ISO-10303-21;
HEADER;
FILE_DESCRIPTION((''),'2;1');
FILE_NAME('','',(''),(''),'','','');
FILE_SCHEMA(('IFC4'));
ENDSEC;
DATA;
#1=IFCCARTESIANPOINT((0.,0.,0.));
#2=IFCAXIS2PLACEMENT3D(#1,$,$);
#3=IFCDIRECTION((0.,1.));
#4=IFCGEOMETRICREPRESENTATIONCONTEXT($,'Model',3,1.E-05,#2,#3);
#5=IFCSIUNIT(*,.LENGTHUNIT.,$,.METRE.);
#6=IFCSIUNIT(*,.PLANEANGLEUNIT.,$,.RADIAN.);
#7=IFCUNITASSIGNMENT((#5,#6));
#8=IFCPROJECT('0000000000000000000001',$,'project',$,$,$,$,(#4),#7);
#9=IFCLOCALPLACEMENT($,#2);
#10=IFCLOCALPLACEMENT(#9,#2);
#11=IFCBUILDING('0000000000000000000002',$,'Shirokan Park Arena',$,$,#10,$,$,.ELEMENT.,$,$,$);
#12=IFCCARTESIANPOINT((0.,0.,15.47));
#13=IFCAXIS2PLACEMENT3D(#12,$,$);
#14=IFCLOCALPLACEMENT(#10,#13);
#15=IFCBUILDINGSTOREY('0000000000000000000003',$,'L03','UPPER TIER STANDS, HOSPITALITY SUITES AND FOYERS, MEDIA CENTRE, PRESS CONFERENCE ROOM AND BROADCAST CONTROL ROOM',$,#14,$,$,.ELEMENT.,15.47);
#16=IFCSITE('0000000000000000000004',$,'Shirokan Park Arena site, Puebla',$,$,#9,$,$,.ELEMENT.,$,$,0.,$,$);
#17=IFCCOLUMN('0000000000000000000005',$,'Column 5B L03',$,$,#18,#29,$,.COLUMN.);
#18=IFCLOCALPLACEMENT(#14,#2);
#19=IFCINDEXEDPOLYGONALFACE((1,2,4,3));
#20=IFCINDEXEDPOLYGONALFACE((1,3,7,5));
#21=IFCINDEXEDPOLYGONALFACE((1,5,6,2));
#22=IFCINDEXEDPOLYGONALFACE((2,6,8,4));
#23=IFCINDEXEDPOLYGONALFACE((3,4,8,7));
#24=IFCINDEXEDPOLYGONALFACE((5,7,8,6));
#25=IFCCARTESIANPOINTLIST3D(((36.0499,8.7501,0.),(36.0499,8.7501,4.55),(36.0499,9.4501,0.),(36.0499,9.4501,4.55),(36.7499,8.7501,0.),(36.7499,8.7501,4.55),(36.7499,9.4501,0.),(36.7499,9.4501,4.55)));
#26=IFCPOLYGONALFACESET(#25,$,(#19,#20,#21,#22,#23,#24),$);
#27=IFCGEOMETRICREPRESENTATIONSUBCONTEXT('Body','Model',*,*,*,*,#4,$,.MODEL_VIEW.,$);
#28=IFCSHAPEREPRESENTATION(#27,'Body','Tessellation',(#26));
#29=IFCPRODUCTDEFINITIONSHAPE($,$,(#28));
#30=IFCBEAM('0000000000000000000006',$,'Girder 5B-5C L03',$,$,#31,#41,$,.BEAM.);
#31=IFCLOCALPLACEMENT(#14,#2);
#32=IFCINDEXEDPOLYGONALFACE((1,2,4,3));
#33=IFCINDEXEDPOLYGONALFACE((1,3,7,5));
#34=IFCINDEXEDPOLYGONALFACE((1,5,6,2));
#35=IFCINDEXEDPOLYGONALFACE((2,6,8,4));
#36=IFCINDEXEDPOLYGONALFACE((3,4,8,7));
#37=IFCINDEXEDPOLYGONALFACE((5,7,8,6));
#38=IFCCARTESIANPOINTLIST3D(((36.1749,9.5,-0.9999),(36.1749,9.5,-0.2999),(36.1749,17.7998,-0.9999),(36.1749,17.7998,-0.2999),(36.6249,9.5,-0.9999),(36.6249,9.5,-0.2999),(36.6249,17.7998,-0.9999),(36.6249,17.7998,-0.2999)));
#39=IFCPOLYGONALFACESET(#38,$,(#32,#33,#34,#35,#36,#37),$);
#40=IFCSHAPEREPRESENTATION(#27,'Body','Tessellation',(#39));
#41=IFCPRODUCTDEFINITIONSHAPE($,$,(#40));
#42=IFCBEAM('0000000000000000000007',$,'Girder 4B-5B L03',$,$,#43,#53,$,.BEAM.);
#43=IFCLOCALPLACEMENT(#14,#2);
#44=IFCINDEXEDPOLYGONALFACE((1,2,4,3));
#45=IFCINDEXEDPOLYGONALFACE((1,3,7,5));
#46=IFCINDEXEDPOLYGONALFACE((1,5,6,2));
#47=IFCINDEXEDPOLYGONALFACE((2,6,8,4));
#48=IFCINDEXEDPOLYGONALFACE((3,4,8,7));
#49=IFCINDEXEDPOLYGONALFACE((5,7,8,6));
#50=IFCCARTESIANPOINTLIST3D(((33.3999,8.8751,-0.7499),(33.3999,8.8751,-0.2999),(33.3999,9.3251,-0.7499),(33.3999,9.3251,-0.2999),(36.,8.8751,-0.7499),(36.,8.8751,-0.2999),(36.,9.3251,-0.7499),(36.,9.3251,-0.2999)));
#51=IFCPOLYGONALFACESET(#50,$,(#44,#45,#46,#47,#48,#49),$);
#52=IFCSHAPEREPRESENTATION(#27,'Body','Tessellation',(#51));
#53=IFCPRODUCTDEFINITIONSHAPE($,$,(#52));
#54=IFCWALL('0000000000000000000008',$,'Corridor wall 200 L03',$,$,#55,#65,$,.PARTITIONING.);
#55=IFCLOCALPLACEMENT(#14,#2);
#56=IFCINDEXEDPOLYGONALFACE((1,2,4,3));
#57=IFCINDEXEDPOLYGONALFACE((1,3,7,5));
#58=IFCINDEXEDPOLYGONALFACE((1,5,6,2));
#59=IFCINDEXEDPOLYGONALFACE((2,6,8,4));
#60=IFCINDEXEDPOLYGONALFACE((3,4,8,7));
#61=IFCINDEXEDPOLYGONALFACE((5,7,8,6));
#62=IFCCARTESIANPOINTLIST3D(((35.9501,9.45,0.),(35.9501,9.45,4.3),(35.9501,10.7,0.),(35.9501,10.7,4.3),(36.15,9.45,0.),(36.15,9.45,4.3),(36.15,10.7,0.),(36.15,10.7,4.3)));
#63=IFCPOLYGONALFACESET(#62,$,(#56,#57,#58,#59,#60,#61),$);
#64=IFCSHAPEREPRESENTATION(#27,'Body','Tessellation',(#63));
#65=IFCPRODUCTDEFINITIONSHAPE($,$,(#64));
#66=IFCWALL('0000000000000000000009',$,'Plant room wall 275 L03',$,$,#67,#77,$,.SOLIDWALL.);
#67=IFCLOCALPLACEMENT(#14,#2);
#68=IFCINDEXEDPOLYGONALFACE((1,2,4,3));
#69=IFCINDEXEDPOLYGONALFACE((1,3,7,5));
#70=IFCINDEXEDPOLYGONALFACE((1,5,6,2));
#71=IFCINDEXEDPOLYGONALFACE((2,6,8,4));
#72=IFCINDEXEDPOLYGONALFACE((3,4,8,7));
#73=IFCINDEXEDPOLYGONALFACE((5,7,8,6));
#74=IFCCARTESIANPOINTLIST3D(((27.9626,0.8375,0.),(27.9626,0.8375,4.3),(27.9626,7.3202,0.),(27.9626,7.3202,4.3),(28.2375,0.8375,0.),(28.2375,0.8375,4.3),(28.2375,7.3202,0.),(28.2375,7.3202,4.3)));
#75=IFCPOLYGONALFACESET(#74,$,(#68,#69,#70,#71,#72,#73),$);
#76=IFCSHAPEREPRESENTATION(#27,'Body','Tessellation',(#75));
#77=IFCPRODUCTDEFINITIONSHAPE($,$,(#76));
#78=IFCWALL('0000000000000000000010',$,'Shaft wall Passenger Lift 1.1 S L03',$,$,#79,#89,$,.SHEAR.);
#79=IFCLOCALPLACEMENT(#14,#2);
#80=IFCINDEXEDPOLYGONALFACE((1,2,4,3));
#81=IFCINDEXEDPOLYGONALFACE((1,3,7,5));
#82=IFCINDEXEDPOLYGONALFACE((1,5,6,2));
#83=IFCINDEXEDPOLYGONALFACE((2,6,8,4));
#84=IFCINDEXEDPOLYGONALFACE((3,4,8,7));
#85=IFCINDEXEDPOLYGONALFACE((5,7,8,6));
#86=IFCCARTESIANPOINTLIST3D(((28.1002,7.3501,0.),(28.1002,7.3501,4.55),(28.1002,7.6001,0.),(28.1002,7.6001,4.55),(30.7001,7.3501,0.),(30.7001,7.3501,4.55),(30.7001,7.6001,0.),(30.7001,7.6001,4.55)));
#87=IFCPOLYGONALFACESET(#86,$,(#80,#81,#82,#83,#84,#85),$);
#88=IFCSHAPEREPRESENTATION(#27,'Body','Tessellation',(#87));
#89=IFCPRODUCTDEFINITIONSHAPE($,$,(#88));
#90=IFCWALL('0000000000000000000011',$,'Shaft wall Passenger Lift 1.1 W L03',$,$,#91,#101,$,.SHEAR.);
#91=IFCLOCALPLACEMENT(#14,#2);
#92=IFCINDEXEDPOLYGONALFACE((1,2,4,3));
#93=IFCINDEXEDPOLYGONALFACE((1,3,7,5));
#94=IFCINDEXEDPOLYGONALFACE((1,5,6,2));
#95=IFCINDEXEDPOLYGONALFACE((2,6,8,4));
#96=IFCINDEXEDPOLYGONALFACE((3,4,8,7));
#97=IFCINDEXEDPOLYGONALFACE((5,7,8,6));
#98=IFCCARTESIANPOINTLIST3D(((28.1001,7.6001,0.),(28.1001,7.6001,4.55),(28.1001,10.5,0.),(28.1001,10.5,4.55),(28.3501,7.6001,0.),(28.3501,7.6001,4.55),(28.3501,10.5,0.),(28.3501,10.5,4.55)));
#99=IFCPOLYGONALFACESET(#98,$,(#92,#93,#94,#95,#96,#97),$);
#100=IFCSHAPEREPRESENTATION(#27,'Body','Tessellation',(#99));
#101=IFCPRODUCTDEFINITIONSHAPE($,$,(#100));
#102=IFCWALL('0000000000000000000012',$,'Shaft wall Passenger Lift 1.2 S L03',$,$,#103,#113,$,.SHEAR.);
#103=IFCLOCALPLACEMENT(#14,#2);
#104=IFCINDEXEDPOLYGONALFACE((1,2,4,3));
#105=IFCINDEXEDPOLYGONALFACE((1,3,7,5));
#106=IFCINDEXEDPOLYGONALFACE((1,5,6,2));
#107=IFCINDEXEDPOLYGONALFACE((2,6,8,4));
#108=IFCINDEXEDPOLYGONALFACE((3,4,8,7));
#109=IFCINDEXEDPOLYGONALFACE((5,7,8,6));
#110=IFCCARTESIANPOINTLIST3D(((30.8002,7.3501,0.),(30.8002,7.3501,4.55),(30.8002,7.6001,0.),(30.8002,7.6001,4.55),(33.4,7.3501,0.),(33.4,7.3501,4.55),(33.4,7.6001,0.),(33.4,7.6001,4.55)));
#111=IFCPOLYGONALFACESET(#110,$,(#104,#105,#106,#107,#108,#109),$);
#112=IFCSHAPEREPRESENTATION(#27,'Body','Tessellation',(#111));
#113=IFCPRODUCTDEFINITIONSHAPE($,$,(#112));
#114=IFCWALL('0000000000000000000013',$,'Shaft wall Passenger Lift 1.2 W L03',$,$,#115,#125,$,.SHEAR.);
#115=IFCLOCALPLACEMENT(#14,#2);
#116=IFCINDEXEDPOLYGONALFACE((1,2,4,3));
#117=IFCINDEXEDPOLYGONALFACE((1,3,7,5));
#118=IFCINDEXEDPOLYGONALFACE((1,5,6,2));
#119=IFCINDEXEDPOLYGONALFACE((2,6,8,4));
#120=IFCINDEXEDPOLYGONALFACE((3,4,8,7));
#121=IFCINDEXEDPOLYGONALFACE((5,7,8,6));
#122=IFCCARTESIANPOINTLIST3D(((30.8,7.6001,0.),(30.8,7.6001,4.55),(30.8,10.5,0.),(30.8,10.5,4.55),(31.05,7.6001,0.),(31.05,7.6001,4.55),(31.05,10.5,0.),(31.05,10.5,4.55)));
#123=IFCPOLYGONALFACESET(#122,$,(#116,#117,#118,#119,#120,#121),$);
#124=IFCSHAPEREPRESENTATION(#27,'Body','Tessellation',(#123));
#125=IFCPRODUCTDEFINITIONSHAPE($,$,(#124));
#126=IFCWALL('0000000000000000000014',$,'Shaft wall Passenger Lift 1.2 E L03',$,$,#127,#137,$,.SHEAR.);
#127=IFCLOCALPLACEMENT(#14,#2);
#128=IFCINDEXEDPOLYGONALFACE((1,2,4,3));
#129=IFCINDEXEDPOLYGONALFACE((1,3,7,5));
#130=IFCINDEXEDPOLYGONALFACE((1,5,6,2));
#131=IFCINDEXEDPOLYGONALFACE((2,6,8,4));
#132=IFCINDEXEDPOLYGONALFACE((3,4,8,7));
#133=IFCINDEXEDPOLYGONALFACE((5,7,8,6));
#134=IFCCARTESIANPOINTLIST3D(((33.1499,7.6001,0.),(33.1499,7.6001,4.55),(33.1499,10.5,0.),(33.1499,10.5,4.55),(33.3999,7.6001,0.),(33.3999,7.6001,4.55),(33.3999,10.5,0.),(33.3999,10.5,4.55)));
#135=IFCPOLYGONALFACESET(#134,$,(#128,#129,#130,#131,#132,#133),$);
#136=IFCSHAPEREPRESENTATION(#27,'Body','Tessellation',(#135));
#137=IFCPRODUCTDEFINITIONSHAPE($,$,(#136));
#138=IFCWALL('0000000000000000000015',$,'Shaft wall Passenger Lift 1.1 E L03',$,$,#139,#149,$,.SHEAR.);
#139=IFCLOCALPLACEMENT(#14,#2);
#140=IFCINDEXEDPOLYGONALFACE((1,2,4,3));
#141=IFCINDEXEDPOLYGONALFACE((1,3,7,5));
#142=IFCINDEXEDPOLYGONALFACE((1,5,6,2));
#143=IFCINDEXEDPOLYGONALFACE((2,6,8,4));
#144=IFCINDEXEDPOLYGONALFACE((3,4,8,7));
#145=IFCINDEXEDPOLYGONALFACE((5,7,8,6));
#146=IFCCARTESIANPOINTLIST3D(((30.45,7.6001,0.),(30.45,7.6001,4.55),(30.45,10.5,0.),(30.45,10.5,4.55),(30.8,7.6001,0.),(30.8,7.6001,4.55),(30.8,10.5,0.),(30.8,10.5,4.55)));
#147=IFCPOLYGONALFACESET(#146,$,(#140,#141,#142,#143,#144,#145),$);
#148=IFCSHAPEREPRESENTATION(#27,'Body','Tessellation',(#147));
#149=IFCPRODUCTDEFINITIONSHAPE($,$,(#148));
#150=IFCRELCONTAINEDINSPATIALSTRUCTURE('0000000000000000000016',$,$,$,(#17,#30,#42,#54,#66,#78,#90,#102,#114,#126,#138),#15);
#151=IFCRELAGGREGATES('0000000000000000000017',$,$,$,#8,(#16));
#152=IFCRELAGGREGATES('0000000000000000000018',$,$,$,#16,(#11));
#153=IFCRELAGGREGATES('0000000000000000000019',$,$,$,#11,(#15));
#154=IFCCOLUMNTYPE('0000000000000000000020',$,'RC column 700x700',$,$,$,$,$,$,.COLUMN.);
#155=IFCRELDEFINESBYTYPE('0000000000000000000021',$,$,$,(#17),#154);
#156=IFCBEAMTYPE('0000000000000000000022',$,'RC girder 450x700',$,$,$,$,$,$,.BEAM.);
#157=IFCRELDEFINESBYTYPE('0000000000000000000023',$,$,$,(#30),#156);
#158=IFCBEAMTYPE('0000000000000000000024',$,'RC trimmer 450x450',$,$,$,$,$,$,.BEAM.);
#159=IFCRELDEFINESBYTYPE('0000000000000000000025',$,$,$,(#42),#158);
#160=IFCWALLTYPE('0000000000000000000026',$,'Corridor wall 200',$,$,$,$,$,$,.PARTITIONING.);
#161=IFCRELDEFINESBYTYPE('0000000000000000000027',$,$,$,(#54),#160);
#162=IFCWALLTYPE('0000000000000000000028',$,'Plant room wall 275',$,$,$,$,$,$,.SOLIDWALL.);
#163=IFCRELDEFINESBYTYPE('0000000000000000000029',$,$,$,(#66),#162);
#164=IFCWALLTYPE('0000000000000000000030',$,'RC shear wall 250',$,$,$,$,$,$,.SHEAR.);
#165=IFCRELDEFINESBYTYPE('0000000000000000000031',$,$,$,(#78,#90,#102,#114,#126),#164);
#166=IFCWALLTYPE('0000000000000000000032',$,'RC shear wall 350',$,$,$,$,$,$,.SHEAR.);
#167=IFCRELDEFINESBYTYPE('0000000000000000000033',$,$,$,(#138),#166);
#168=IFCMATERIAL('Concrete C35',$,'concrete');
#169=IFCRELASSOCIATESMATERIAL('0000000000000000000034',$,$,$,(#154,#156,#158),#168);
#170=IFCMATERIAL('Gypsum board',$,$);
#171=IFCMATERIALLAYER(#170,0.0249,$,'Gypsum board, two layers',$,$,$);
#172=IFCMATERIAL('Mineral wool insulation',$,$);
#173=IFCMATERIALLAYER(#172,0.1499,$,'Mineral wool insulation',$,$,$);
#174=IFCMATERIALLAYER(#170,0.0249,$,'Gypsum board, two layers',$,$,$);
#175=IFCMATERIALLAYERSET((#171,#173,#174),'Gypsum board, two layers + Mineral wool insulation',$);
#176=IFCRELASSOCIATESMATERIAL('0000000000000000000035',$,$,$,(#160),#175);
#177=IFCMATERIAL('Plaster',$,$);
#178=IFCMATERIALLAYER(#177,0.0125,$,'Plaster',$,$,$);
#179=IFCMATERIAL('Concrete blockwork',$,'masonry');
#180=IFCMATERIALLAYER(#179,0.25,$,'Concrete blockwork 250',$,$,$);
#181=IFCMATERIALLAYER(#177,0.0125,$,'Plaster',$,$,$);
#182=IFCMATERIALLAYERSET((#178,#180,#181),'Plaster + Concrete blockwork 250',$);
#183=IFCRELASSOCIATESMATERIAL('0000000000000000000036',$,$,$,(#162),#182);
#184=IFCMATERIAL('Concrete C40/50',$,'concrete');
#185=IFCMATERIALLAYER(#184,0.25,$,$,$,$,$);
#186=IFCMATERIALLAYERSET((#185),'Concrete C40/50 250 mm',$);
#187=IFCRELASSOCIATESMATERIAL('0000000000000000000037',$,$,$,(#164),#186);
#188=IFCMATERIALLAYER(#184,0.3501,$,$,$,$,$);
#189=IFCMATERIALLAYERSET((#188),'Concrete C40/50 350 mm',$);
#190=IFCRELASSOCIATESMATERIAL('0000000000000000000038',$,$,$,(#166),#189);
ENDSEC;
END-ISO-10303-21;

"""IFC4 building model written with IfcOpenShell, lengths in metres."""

from ifc_helpers import new_model, si_unit, direction, frame, frame_2d, origin, origin_2d, place, context, subcontext, project, spatial, rectangle, extrude, material, layer, layer_set, material_profile, profile_set, type_object, element, save


model = new_model("IFC4")

# Units and contexts
model_context = context("Model", 3, precision=1e-05, world=origin(), true_north=direction((0.0, 1.0)))
body_context = subcontext(model_context, "Body", "Model", "MODEL_VIEW")
ifc_project = project(units=[si_unit("LENGTHUNIT", "METRE"), si_unit("PLANEANGLEUNIT", "RADIAN")], contexts=[model_context])

# Site, building, storey
site_placement = place(None, origin())
site = spatial("IfcSite", under=ifc_project, at=site_placement, Name="Shirokan Park Arena site, Puebla", CompositionType="ELEMENT", RefElevation=0.0)
building_placement = place(site_placement, origin())
building = spatial("IfcBuilding", under=site, at=building_placement, Name="Shirokan Park Arena", CompositionType="ELEMENT")
storey_placement = place(building_placement, frame((0.0, 0.0, 15.47)))
storey = spatial("IfcBuildingStorey", under=building, at=storey_placement, Name="L03", Description="UPPER TIER STANDS, HOSPITALITY SUITES AND FOYERS, MEDIA CENTRE, PRESS CONFERENCE ROOM AND BROADCAST CONTROL ROOM", CompositionType="ELEMENT", Elevation=15.47)

# Column
ifc_material_1 = material(Name="Concrete C35", Category="concrete")
ifc_material_profile_1 = material_profile(ifc_material_1, rectangle(XDim=0.7, YDim=0.7, at=origin_2d()), Name="700x700")
ifc_profile_set_1 = profile_set([ifc_material_profile_1], Name="Concrete C35")
column_type = type_object("IfcColumnType", Name="RC column 700x700", PredefinedType="COLUMN", material=ifc_profile_set_1)
column_placement = place(storey_placement, frame((36.3999, 9.1001, 0.0), z_axis=(0.0, 0.0, 1.0), x_axis=(1.0, 0.0, 0.0)))
element("IfcColumn", 1, at=column_placement, inside=storey, type_object=column_type, Name="Column 5B L03", PredefinedType="COLUMN", context=body_context, shape_type="SweptSolid", body=[
    extrude(rectangle(XDim=0.7, YDim=0.7, at=origin_2d()), origin(), (0.0, 0.0, 1.0), 4.55),
])

# Beams
ifc_material_profile_2 = material_profile(ifc_material_1, rectangle(XDim=0.45, YDim=0.7, at=origin_2d()), Name="450x700")
ifc_profile_set_2 = profile_set([ifc_material_profile_2], Name="Concrete C35")
beam_type_1 = type_object("IfcBeamType", Name="RC girder 450x700", PredefinedType="BEAM", material=ifc_profile_set_2)
beam_1_placement = place(storey_placement, frame((36.3999, 9.5, -0.6499), z_axis=(0.0, 1.0, 0.0), x_axis=(-1.0, 0.0, 0.0)))
element("IfcBeam", 2, at=beam_1_placement, inside=storey, type_object=beam_type_1, Name="Girder 5B-5C L03", PredefinedType="BEAM", context=body_context, shape_type="SweptSolid", body=[
    extrude(rectangle(XDim=0.45, YDim=0.7, at=origin_2d()), origin(), (0.0, 0.0, 1.0), 8.2998),
])
ifc_material_profile_3 = material_profile(ifc_material_1, rectangle(XDim=0.45, YDim=0.45, at=origin_2d()), Name="450x450")
ifc_profile_set_3 = profile_set([ifc_material_profile_3], Name="Concrete C35")
beam_type_2 = type_object("IfcBeamType", Name="RC trimmer 450x450", PredefinedType="BEAM", material=ifc_profile_set_3)
beam_2_placement = place(storey_placement, frame((33.3999, 9.1001, -0.5249), z_axis=(1.0, 0.0, 0.0), x_axis=(0.0, 1.0, 0.0)))
element("IfcBeam", 3, at=beam_2_placement, inside=storey, type_object=beam_type_2, Name="Girder 4B-5B L03", PredefinedType="BEAM", context=body_context, shape_type="SweptSolid", body=[
    extrude(rectangle(XDim=0.45, YDim=0.45, at=origin_2d()), origin(), (0.0, 0.0, 1.0), 2.6001),
])

# Walls
ifc_material_2 = material(Name="Gypsum board")
ifc_layer_1 = layer(ifc_material_2, 0.0249, Name="Gypsum board, two layers")
ifc_material_3 = material(Name="Mineral wool insulation")
ifc_layer_2 = layer(ifc_material_3, 0.1499, Name="Mineral wool insulation")
ifc_layer_3 = layer(ifc_material_2, 0.0249, Name="Gypsum board, two layers")
ifc_layer_set_1 = layer_set([ifc_layer_1, ifc_layer_2, ifc_layer_3], Name="Gypsum board, two layers + Mineral wool insulation")
wall_type_1 = type_object("IfcWallType", Name="Corridor wall 200", PredefinedType="PARTITIONING", material=ifc_layer_set_1)
wall_1_placement = place(storey_placement, frame((36.05, 9.45, 0.0), z_axis=(0.0, 0.0, 1.0), x_axis=(0.0, 1.0, 0.0)))
element("IfcWall", 4, at=wall_1_placement, inside=storey, type_object=wall_type_1, Name="Corridor wall 200 L03", PredefinedType="PARTITIONING", context=body_context, shape_type="SweptSolid", body=[
    extrude(rectangle(XDim=1.25, YDim=0.2, at=frame_2d((0.625, 0.0))), origin(), (0.0, 0.0, 1.0), 4.3),
])
ifc_material_4 = material(Name="Plaster")
ifc_layer_4 = layer(ifc_material_4, 0.0125, Name="Plaster")
ifc_material_5 = material(Name="Concrete blockwork", Category="masonry")
ifc_layer_5 = layer(ifc_material_5, 0.25, Name="Concrete blockwork 250")
ifc_layer_6 = layer(ifc_material_4, 0.0125, Name="Plaster")
ifc_layer_set_2 = layer_set([ifc_layer_4, ifc_layer_5, ifc_layer_6], Name="Plaster + Concrete blockwork 250")
wall_type_2 = type_object("IfcWallType", Name="Plant room wall 275", PredefinedType="SOLIDWALL", material=ifc_layer_set_2)
wall_2_placement = place(storey_placement, frame((28.1001, 7.3201, 0.0), z_axis=(0.0, 0.0, 1.0), x_axis=(0.0, -1.0, 0.0)))
element("IfcWall", 5, at=wall_2_placement, inside=storey, type_object=wall_type_2, Name="Plant room wall 275 L03", PredefinedType="SOLIDWALL", context=body_context, shape_type="SweptSolid", body=[
    extrude(rectangle(XDim=6.4827, YDim=0.2749, at=frame_2d((3.2412, 0.0))), origin(), (0.0, 0.0, 1.0), 4.3),
])
ifc_material_6 = material(Name="Concrete C40/50", Category="concrete")
ifc_layer_7 = layer(ifc_material_6, 0.25)
ifc_layer_set_3 = layer_set([ifc_layer_7], Name="Concrete C40/50 250 mm")
wall_type_3 = type_object("IfcWallType", Name="RC shear wall 250", PredefinedType="SHEAR", material=ifc_layer_set_3)
wall_3_placement = place(storey_placement, frame((30.7, 7.4751, 0.0), z_axis=(0.0, 0.0, 1.0), x_axis=(-1.0, 0.0, 0.0)))
element("IfcWall", 6, at=wall_3_placement, inside=storey, type_object=wall_type_3, Name="Shaft wall Passenger Lift 1.1 S L03", PredefinedType="SHEAR", context=body_context, shape_type="SweptSolid", body=[
    extrude(rectangle(XDim=2.5999, YDim=0.25, at=frame_2d((1.2998, 0.0))), origin(), (0.0, 0.0, 1.0), 4.55),
])
wall_4_placement = place(storey_placement, frame((28.2251, 10.5, 0.0), z_axis=(0.0, 0.0, 1.0), x_axis=(0.0, -1.0, 0.0)))
element("IfcWall", 7, at=wall_4_placement, inside=storey, type_object=wall_type_3, Name="Shaft wall Passenger Lift 1.1 W L03", PredefinedType="SHEAR", context=body_context, shape_type="SweptSolid", body=[
    extrude(rectangle(XDim=2.8999, YDim=0.25, at=frame_2d((1.45, 0.0))), origin(), (0.0, 0.0, 1.0), 4.55),
])
wall_5_placement = place(storey_placement, frame((33.3999, 7.4751, 0.0), z_axis=(0.0, 0.0, 1.0), x_axis=(-1.0, 0.0, 0.0)))
element("IfcWall", 8, at=wall_5_placement, inside=storey, type_object=wall_type_3, Name="Shaft wall Passenger Lift 1.2 S L03", PredefinedType="SHEAR", context=body_context, shape_type="SweptSolid", body=[
    extrude(rectangle(XDim=2.5999, YDim=0.25, at=frame_2d((1.2998, 0.0))), origin(), (0.0, 0.0, 1.0), 4.55),
])
for number, where, z_axis, x_axis, name in (
    (9, (30.925, 10.5, 0.0), (0.0, 0.0, 1.0), (0.0, -1.0, 0.0), "Shaft wall Passenger Lift 1.2 W L03"),
    (10, (33.2749, 10.5, 0.0), (0.0, 0.0, 1.0), (0.0, -1.0, 0.0), "Shaft wall Passenger Lift 1.2 E L03"),
):
    element("IfcWall", number, at=place(storey_placement, frame(where, z_axis=z_axis, x_axis=x_axis)), inside=storey, type_object=wall_type_3, Name=name, PredefinedType="SHEAR", context=body_context, shape_type="SweptSolid", body=[
        extrude(rectangle(XDim=2.8999, YDim=0.25, at=frame_2d((1.45, 0.0))), origin(), (0.0, 0.0, 1.0), 4.55),
    ])
ifc_layer_8 = layer(ifc_material_6, 0.3501)
ifc_layer_set_4 = layer_set([ifc_layer_8], Name="Concrete C40/50 350 mm")
wall_type_4 = type_object("IfcWallType", Name="RC shear wall 350", PredefinedType="SHEAR", material=ifc_layer_set_4)
wall_6_placement = place(storey_placement, frame((30.625, 10.5, 0.0), z_axis=(0.0, 0.0, 1.0), x_axis=(0.0, -1.0, 0.0)))
element("IfcWall", 11, at=wall_6_placement, inside=storey, type_object=wall_type_4, Name="Shaft wall Passenger Lift 1.1 E L03", PredefinedType="SHEAR", context=body_context, shape_type="SweptSolid", body=[
    extrude(rectangle(XDim=2.8999, YDim=0.3501, at=frame_2d((1.45, 0.0))), origin(), (0.0, 0.0, 1.0), 4.55),
])

save(model, "model.ifc")
